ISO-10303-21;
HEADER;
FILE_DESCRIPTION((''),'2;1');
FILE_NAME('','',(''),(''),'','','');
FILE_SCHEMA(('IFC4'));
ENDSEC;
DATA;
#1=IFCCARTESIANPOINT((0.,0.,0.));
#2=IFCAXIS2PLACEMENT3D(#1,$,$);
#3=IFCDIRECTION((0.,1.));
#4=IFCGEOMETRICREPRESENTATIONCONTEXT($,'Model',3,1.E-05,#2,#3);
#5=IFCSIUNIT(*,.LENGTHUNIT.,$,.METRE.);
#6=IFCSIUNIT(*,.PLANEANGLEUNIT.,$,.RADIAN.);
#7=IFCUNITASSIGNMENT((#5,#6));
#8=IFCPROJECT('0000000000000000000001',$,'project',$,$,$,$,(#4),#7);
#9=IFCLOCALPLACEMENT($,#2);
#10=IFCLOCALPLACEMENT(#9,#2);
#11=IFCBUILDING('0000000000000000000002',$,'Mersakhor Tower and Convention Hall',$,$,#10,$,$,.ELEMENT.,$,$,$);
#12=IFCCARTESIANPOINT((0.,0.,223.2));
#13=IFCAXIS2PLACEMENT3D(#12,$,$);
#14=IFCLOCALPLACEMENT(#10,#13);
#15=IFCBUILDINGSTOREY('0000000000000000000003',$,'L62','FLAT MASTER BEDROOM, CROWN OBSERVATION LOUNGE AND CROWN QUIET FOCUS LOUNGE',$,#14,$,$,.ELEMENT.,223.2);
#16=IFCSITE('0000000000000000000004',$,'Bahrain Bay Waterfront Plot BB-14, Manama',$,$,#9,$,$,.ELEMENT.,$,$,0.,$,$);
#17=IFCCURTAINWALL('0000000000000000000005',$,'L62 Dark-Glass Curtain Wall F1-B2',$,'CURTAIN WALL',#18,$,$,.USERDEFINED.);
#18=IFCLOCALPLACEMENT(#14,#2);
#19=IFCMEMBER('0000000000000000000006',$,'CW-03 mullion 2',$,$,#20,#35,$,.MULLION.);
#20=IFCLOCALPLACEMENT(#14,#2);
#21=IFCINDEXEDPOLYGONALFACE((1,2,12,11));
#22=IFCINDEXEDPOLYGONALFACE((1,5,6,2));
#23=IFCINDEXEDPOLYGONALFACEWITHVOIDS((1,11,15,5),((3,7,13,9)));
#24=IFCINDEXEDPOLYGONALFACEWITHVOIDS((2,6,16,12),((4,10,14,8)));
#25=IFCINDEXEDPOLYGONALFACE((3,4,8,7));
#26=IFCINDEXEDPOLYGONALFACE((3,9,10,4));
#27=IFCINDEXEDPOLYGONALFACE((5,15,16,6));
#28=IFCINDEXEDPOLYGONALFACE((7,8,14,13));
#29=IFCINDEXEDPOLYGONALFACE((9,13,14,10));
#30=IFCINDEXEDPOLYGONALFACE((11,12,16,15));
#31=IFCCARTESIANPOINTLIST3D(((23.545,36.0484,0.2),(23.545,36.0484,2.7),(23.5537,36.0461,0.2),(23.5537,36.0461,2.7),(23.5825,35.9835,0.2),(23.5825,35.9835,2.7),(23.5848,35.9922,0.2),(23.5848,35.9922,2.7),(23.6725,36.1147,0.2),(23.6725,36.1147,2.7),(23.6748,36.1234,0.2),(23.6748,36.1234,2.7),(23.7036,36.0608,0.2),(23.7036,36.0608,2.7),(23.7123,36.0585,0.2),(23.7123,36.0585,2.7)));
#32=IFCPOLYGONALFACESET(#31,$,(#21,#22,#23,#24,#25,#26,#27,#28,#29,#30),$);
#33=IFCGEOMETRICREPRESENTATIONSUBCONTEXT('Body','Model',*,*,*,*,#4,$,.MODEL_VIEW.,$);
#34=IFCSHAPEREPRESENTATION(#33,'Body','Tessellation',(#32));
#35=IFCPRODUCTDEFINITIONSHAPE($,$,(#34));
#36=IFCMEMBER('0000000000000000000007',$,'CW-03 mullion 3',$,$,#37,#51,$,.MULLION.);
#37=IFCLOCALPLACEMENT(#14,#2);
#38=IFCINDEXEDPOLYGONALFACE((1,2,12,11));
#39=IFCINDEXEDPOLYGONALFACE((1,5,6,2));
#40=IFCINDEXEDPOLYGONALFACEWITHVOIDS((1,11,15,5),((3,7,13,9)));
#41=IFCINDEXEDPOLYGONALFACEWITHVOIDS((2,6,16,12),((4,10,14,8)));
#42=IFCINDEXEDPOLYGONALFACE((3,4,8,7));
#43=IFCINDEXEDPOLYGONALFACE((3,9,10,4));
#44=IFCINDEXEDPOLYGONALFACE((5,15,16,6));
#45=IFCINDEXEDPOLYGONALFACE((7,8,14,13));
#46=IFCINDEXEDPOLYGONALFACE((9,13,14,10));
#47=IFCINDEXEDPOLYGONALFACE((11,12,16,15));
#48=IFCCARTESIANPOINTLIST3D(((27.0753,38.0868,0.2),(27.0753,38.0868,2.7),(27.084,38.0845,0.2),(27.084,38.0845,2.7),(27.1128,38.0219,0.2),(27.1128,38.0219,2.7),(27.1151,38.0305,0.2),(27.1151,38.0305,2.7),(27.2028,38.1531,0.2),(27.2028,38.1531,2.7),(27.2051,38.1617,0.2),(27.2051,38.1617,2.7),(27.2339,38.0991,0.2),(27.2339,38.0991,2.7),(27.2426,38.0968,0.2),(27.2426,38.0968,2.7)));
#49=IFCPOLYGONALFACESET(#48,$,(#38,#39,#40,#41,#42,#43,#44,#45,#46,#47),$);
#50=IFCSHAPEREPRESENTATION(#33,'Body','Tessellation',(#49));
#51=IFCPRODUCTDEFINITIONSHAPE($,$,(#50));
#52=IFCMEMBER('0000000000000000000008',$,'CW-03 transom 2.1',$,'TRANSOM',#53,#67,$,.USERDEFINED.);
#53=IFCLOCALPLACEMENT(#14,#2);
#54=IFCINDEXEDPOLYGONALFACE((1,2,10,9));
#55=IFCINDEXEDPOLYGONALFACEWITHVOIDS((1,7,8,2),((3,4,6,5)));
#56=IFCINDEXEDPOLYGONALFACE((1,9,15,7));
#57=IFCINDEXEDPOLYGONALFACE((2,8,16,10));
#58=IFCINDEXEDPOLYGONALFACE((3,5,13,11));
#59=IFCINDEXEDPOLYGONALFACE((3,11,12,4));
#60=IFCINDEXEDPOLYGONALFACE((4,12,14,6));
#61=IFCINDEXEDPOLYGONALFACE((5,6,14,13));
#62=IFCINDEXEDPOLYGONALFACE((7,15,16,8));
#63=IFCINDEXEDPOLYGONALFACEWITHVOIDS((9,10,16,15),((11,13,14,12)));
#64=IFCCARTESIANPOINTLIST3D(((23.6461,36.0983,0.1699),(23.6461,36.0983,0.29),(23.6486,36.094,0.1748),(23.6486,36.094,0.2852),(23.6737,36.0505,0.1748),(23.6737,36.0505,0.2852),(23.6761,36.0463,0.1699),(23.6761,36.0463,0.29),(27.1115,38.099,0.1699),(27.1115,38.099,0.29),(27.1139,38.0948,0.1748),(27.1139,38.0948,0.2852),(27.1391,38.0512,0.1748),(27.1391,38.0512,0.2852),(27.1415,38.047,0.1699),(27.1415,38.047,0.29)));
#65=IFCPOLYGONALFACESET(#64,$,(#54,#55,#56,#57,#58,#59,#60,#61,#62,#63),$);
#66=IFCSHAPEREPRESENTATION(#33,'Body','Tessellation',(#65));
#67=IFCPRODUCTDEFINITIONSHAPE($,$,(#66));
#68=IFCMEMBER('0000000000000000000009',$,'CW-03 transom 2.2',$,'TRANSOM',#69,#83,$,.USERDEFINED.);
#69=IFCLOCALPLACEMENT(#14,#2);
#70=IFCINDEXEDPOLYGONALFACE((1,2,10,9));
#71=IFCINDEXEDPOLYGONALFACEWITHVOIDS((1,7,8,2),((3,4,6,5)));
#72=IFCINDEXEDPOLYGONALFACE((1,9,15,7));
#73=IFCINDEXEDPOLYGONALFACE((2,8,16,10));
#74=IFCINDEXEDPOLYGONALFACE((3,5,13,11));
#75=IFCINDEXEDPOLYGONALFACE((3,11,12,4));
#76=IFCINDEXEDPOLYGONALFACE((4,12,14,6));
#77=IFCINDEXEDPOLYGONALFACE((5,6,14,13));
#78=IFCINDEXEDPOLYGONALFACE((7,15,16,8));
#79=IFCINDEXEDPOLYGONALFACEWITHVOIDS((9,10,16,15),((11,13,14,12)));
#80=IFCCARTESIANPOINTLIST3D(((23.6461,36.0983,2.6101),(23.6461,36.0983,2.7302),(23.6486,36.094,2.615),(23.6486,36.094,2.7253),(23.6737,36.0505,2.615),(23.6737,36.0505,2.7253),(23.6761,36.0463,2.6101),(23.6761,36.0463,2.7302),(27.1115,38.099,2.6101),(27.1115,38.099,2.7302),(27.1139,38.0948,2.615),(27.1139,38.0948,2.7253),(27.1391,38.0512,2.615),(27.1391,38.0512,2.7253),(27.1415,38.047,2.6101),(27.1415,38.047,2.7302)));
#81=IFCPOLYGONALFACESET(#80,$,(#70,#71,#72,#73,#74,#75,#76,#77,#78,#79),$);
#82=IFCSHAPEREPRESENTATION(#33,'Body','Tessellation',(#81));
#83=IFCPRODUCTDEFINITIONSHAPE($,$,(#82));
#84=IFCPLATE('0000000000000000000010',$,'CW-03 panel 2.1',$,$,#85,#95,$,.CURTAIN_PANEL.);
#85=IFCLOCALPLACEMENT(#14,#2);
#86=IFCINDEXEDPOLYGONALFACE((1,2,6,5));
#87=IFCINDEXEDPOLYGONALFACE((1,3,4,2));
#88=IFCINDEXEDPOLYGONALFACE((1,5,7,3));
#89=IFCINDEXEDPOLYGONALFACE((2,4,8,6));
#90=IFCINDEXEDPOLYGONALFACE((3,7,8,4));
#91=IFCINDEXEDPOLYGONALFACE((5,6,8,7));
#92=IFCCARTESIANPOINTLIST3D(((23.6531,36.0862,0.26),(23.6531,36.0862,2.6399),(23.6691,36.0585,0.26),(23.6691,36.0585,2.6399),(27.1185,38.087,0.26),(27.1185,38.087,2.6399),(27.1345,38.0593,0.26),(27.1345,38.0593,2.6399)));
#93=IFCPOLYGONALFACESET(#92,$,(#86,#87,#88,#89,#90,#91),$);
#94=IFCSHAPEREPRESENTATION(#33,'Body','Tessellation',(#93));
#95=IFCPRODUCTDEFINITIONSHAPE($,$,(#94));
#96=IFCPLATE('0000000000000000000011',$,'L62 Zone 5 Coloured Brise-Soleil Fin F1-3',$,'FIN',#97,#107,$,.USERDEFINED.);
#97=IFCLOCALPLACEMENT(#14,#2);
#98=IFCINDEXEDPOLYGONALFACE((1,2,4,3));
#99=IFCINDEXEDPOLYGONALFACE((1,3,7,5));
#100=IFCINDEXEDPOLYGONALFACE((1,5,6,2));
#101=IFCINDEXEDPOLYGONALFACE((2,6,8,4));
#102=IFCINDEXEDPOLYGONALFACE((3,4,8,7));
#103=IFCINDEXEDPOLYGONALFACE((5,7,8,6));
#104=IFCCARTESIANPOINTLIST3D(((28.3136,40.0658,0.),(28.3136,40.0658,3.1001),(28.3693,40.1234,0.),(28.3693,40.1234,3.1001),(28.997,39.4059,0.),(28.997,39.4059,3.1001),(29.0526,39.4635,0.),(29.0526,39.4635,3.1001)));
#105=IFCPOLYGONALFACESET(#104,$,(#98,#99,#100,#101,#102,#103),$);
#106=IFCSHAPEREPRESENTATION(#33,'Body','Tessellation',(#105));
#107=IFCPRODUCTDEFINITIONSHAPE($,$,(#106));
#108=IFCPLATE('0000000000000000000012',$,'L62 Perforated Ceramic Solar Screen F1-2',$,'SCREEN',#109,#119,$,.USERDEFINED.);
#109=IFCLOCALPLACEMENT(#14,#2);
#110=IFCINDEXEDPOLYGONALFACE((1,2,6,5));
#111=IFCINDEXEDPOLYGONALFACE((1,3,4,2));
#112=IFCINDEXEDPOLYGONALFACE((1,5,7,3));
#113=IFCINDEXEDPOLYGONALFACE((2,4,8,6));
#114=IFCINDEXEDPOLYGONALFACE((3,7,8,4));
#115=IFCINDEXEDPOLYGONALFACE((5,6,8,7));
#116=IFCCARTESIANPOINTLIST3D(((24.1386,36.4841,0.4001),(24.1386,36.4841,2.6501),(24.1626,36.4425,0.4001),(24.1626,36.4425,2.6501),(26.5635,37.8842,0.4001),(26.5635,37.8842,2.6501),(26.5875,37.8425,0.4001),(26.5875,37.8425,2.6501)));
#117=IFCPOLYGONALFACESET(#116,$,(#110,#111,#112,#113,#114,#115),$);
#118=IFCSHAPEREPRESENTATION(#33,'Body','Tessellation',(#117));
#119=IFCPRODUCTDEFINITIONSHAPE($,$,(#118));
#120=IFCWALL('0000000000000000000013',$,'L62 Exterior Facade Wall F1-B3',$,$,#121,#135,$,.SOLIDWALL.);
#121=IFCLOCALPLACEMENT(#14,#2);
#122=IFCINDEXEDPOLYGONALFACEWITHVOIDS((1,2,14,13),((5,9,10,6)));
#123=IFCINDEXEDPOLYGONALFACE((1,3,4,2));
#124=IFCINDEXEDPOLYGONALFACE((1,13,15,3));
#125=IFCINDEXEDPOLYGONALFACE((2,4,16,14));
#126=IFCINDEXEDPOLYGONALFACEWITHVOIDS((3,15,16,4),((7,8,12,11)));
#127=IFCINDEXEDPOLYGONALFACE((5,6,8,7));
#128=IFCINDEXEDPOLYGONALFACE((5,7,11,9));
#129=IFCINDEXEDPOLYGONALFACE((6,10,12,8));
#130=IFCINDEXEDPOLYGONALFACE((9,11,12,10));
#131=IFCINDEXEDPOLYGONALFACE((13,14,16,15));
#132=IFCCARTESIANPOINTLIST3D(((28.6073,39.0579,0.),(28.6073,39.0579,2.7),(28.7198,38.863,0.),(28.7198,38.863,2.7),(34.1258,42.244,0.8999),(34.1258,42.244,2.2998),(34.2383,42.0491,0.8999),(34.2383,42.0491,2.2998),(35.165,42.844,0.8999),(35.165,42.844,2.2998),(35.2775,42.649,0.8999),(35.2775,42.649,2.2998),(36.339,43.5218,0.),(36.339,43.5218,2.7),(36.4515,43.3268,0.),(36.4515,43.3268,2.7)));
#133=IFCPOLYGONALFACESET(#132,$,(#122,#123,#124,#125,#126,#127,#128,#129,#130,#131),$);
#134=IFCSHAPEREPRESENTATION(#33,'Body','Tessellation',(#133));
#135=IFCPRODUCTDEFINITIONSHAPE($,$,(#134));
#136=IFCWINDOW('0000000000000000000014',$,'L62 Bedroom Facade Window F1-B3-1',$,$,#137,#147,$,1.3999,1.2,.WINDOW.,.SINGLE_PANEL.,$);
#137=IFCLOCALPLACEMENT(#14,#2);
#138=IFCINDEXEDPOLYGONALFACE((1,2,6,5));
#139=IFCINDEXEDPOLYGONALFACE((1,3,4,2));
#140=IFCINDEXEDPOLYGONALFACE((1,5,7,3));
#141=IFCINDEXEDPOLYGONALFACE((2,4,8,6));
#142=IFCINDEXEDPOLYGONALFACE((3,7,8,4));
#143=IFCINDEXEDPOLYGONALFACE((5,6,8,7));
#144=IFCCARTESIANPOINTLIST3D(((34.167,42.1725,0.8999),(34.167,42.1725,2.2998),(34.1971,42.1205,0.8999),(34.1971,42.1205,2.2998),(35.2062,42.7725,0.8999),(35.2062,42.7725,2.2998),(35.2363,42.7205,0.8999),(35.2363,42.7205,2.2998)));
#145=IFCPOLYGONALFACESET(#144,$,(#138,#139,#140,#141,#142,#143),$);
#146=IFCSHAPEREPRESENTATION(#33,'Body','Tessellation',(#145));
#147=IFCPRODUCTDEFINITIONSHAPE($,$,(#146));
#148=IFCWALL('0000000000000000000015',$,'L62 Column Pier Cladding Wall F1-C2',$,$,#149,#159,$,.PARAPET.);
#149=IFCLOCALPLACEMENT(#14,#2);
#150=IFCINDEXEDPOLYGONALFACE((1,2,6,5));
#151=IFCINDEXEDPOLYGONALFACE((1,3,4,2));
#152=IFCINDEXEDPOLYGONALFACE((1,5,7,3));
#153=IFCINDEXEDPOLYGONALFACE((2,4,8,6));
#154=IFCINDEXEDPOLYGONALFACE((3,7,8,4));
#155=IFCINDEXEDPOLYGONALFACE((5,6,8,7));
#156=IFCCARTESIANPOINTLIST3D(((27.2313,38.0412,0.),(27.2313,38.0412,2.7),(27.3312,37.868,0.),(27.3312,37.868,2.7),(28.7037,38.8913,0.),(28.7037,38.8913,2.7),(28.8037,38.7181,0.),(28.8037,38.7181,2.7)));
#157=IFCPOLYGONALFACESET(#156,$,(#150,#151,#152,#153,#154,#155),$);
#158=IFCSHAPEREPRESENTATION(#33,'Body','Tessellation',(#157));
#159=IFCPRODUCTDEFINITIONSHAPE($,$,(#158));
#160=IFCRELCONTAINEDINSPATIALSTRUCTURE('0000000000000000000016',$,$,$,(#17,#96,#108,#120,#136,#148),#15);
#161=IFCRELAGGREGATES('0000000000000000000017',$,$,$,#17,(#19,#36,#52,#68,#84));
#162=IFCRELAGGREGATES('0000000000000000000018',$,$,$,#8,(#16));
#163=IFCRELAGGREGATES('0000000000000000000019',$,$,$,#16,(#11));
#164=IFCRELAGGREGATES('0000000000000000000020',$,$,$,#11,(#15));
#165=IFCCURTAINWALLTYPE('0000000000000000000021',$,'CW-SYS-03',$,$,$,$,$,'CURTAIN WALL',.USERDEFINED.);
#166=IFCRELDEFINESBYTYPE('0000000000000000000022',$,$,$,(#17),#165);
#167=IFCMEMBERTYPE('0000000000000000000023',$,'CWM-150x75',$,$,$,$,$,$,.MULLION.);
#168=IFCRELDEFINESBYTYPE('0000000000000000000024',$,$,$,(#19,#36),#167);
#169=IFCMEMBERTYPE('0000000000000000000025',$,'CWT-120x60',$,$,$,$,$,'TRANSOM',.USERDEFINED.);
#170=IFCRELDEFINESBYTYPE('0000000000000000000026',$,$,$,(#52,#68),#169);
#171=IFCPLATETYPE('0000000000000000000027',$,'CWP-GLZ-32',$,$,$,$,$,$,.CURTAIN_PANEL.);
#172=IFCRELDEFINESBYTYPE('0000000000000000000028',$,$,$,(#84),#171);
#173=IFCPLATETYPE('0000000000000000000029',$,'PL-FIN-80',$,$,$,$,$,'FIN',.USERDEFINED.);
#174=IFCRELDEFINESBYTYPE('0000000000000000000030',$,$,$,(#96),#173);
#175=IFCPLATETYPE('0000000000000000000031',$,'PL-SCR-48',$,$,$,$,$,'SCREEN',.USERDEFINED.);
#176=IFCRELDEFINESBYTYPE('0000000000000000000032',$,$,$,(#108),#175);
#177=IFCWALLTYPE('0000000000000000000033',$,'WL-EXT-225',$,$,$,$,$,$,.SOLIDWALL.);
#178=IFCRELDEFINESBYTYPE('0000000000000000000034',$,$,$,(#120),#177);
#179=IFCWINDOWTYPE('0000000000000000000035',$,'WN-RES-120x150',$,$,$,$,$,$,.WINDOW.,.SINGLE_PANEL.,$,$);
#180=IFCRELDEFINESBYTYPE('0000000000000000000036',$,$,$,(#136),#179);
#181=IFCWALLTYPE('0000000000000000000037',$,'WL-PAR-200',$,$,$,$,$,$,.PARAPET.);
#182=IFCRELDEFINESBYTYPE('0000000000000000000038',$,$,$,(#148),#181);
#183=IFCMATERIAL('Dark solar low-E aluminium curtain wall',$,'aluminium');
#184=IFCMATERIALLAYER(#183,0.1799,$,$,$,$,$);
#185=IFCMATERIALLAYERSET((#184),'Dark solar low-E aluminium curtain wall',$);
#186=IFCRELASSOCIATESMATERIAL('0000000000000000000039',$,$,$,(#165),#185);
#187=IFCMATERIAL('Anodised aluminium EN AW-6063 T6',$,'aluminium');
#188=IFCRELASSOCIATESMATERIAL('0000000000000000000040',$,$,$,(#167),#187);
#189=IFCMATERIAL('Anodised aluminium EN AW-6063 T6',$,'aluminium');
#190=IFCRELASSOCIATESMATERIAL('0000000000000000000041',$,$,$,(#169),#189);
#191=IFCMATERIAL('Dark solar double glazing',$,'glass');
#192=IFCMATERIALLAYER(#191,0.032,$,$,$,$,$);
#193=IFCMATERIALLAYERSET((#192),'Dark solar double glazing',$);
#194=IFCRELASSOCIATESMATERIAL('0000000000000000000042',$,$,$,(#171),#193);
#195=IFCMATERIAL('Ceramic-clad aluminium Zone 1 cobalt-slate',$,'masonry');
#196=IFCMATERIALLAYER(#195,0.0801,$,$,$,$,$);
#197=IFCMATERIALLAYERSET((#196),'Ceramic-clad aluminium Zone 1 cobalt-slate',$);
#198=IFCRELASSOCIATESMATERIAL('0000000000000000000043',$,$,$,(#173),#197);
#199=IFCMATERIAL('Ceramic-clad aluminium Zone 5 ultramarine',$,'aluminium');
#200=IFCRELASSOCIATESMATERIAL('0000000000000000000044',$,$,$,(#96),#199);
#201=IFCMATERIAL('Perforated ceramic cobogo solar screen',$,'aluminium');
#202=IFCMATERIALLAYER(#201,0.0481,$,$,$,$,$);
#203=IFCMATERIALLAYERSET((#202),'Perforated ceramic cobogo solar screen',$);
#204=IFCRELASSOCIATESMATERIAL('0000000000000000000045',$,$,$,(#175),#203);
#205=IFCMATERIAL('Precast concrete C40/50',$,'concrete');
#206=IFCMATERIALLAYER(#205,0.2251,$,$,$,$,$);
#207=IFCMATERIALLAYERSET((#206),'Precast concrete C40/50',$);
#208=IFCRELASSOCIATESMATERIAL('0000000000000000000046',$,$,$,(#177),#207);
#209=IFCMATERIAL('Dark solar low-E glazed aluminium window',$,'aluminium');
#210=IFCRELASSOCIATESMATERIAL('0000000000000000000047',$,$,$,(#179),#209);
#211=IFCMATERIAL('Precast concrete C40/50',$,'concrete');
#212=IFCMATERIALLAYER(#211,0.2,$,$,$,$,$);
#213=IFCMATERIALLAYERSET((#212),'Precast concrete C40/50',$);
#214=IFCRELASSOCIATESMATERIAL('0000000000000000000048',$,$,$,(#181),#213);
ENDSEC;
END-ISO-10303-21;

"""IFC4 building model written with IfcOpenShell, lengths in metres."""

from ifc_helpers import new_model, si_unit, direction, frame, frame_2d, origin, origin_2d, place, context, subcontext, project, spatial, rectangle, hollow_rectangle, extrude, material, layer, layer_set, material_profile, profile_set, type_object, element, fill, aggregate, save


model = new_model("IFC4")

# Units and contexts
model_context = context("Model", 3, precision=1e-05, world=origin(), true_north=direction((0.0, 1.0)))
body_context = subcontext(model_context, "Body", "Model", "MODEL_VIEW")
ifc_project = project(units=[si_unit("LENGTHUNIT", "METRE"), si_unit("PLANEANGLEUNIT", "RADIAN")], contexts=[model_context])

# Site, building, storey
site_placement = place(None, origin())
site = spatial("IfcSite", under=ifc_project, at=site_placement, Name="Bahrain Bay Waterfront Plot BB-14, Manama", CompositionType="ELEMENT", RefElevation=0.0)
building_placement = place(site_placement, origin())
building = spatial("IfcBuilding", under=site, at=building_placement, Name="Mersakhor Tower and Convention Hall", CompositionType="ELEMENT")
storey_placement = place(building_placement, frame((0.0, 0.0, 223.2)))
storey = spatial("IfcBuildingStorey", under=building, at=storey_placement, Name="L62", Description="FLAT MASTER BEDROOM, CROWN OBSERVATION LOUNGE AND CROWN QUIET FOCUS LOUNGE", CompositionType="ELEMENT", Elevation=223.2)

# Curtain wall, members, plate
ifc_material_1 = material(Name="Dark solar low-E aluminium curtain wall", Category="aluminium")
ifc_layer_1 = layer(ifc_material_1, 0.1799)
ifc_layer_set_1 = layer_set([ifc_layer_1], Name="Dark solar low-E aluminium curtain wall")
curtain_wall_type = type_object("IfcCurtainWallType", Name="CW-SYS-03", ElementType="CURTAIN WALL", PredefinedType="USERDEFINED", material=ifc_layer_set_1)
curtain_wall_placement = place(storey_placement, origin())
curtain_wall = element("IfcCurtainWall", 1, at=curtain_wall_placement, inside=storey, type_object=curtain_wall_type, Name="L62 Dark-Glass Curtain Wall F1-B2", ObjectType="CURTAIN WALL", PredefinedType="USERDEFINED")
ifc_material_2 = material(Name="Anodised aluminium EN AW-6063 T6", Category="aluminium")
ifc_material_profile_1 = material_profile(ifc_material_2, hollow_rectangle(XDim=0.075, YDim=0.1499, WallThickness=0.0063, at=origin_2d()), Name="RHS 150x75x6.3")
ifc_profile_set_1 = profile_set([ifc_material_profile_1], Name="Anodised aluminium EN AW-6063 T6")
member_type_1 = type_object("IfcMemberType", Name="CWM-150x75", PredefinedType="MULLION", material=ifc_profile_set_1)
member_1_placement = place(storey_placement, frame((23.6287, 36.0535, 0.2), z_axis=(0.0, 0.0, 1.0), x_axis=(-0.500004, 0.866023, 0.0)))
member_1 = element("IfcMember", 2, at=member_1_placement, type_object=member_type_1, Name="CW-03 mullion 2", PredefinedType="MULLION", context=body_context, shape_type="SweptSolid", body=[
    extrude(hollow_rectangle(XDim=0.075, YDim=0.1499, WallThickness=0.0063, at=origin_2d()), origin(), (0.0, 0.0, 1.0), 2.5),
])
member_2_placement = place(storey_placement, frame((27.1589, 38.0918, 0.2), z_axis=(0.0, 0.0, 1.0), x_axis=(-0.500004, 0.866023, 0.0)))
member_2 = element("IfcMember", 3, at=member_2_placement, type_object=member_type_1, Name="CW-03 mullion 3", PredefinedType="MULLION", context=body_context, shape_type="SweptSolid", body=[
    extrude(hollow_rectangle(XDim=0.075, YDim=0.1499, WallThickness=0.0063, at=origin_2d()), origin(), (0.0, 0.0, 1.0), 2.5),
])
ifc_material_3 = material(Name="Anodised aluminium EN AW-6063 T6", Category="aluminium")
ifc_material_profile_2 = material_profile(ifc_material_3, hollow_rectangle(XDim=0.0601, YDim=0.1201, WallThickness=0.0049, at=origin_2d()), Name="RHS 120x60x5")
ifc_profile_set_2 = profile_set([ifc_material_profile_2], Name="Anodised aluminium EN AW-6063 T6")
member_type_2 = type_object("IfcMemberType", Name="CWT-120x60", ElementType="TRANSOM", PredefinedType="USERDEFINED", material=ifc_profile_set_2)
member_3_placement = place(storey_placement, frame((23.6611, 36.0723, 0.23), z_axis=(0.866023, 0.500004, 0.0), x_axis=(-0.500004, 0.866023, 0.0)))
member_3 = element("IfcMember", 4, at=member_3_placement, type_object=member_type_2, Name="CW-03 transom 2.1", ObjectType="TRANSOM", PredefinedType="USERDEFINED", context=body_context, shape_type="SweptSolid", body=[
    extrude(hollow_rectangle(XDim=0.0601, YDim=0.1201, WallThickness=0.0049, at=origin_2d()), origin(), (0.0, 0.0, 1.0), 4.0015),
])
member_4_placement = place(storey_placement, frame((23.6611, 36.0723, 2.6702), z_axis=(0.866023, 0.500004, 0.0), x_axis=(-0.500004, 0.866023, 0.0)))
member_4 = element("IfcMember", 5, at=member_4_placement, type_object=member_type_2, Name="CW-03 transom 2.2", ObjectType="TRANSOM", PredefinedType="USERDEFINED", context=body_context, shape_type="SweptSolid", body=[
    extrude(hollow_rectangle(XDim=0.0601, YDim=0.1201, WallThickness=0.0049, at=origin_2d()), origin(), (0.0, 0.0, 1.0), 4.0015),
])
ifc_material_4 = material(Name="Dark solar double glazing", Category="glass")
ifc_layer_2 = layer(ifc_material_4, 0.032)
ifc_layer_set_2 = layer_set([ifc_layer_2], Name="Dark solar double glazing")
plate_type_1 = type_object("IfcPlateType", Name="CWP-GLZ-32", PredefinedType="CURTAIN_PANEL", material=ifc_layer_set_2)
plate_1_placement = place(storey_placement, frame((25.3938, 37.0728, 0.26), z_axis=(0.0, 0.0, 1.0), x_axis=(0.866023, 0.500004, 0.0)))
plate_1 = element("IfcPlate", 6, at=plate_1_placement, type_object=plate_type_1, Name="CW-03 panel 2.1", PredefinedType="CURTAIN_PANEL", context=body_context, shape_type="SweptSolid", body=[
    extrude(rectangle(XDim=4.0015, YDim=0.032, at=origin_2d()), origin(), (0.0, 0.0, 1.0), 2.3799),
])
aggregate(curtain_wall, [member_1, member_2, member_3, member_4, plate_1])

# Plates
ifc_material_5 = material(Name="Ceramic-clad aluminium Zone 5 ultramarine", Category="aluminium")
ifc_material_6 = material(Name="Ceramic-clad aluminium Zone 1 cobalt-slate", Category="masonry")
ifc_layer_3 = layer(ifc_material_6, 0.0801)
ifc_layer_set_3 = layer_set([ifc_layer_3], Name="Ceramic-clad aluminium Zone 1 cobalt-slate")
plate_type_2 = type_object("IfcPlateType", Name="PL-FIN-80", ElementType="FIN", PredefinedType="USERDEFINED", material=ifc_layer_set_3)
plate_2_placement = place(storey_placement, frame((28.6831, 39.7646, 0.0), z_axis=(0.0, 0.0, 1.0), x_axis=(-0.71934, 0.694658, 0.0)))
element("IfcPlate", 7, at=plate_2_placement, inside=storey, type_object=plate_type_2, material=ifc_material_5, Name="L62 Zone 5 Coloured Brise-Soleil Fin F1-3", ObjectType="FIN", PredefinedType="USERDEFINED", context=body_context, shape_type="SweptSolid", body=[
    extrude(rectangle(XDim=0.95, YDim=0.0801, at=origin_2d()), origin(), (0.0, 0.0, 1.0), 3.1001),
])
ifc_material_7 = material(Name="Perforated ceramic cobogo solar screen", Category="aluminium")
ifc_layer_4 = layer(ifc_material_7, 0.0481)
ifc_layer_set_4 = layer_set([ifc_layer_4], Name="Perforated ceramic cobogo solar screen")
plate_type_3 = type_object("IfcPlateType", Name="PL-SCR-48", ElementType="SCREEN", PredefinedType="USERDEFINED", material=ifc_layer_set_4)
plate_3_placement = place(storey_placement, frame((25.363, 37.1633, 0.4001), z_axis=(0.0, 0.0, 1.0), x_axis=(0.866025, 0.5, 0.0)))
element("IfcPlate", 8, at=plate_3_placement, inside=storey, type_object=plate_type_3, Name="L62 Perforated Ceramic Solar Screen F1-2", ObjectType="SCREEN", PredefinedType="USERDEFINED", context=body_context, shape_type="SweptSolid", body=[
    extrude(rectangle(XDim=2.8, YDim=0.0481, at=origin_2d()), origin(), (0.0, 0.0, 1.0), 2.25),
])

# Wall, opening, window
ifc_material_8 = material(Name="Precast concrete C40/50", Category="concrete")
ifc_layer_5 = layer(ifc_material_8, 0.2251)
ifc_layer_set_5 = layer_set([ifc_layer_5], Name="Precast concrete C40/50")
wall_type_1 = type_object("IfcWallType", Name="WL-EXT-225", PredefinedType="SOLIDWALL", material=ifc_layer_set_5)
wall_1_placement = place(storey_placement, frame((28.6636, 38.9604, 0.0), z_axis=(0.0, 0.0, 1.0), x_axis=(0.866027, 0.499998, 0.0)))
wall_1 = element("IfcWall", 9, at=wall_1_placement, inside=storey, type_object=wall_type_1, Name="L62 Exterior Facade Wall F1-B3", PredefinedType="SOLIDWALL", context=body_context, shape_type="SweptSolid", body=[
    extrude(rectangle(XDim=8.9277, YDim=0.2251, at=frame_2d((4.4639, 0.0))), origin(), (0.0, 0.0, 1.0), 2.7),
])
opening_1_placement = place(wall_1_placement, frame((6.3721, 0.0, 0.8999)))
opening_1 = element("IfcOpeningElement", 10, at=opening_1_placement, cuts=wall_1, PredefinedType="OPENING", context=body_context, shape_type="SweptSolid", body=[
    extrude(rectangle(XDim=1.2, YDim=1.3999, at=frame_2d((0.6001, 0.7))), frame((0.0, 0.1226, 0.0), z_axis=(0.0, -1.0, 0.0), x_axis=(1.0, 0.0, 0.0)), (0.0, 0.0, 1.0), 0.2451),
])
ifc_material_9 = material(Name="Dark solar low-E glazed aluminium window", Category="aluminium")
window_type = type_object("IfcWindowType", Name="WN-RES-120x150", PartitioningType="SINGLE_PANEL", PredefinedType="WINDOW", material=ifc_material_9)
window_placement = place(opening_1_placement, origin())
window = element("IfcWindow", 11, at=window_placement, inside=storey, type_object=window_type, Name="L62 Bedroom Facade Window F1-B3-1", OverallHeight=1.3999, OverallWidth=1.2, PartitioningType="SINGLE_PANEL", PredefinedType="WINDOW", context=body_context, shape_type="SweptSolid", body=[
    extrude(rectangle(XDim=1.2, YDim=1.3999, at=frame_2d((0.6001, 0.7))), frame((0.0, 0.03, 0.0), z_axis=(0.0, -1.0, 0.0), x_axis=(1.0, 0.0, 0.0)), (0.0, 0.0, 1.0), 0.0601),
])
fill(opening_1, window)

# Wall
ifc_material_10 = material(Name="Precast concrete C40/50", Category="concrete")
ifc_layer_6 = layer(ifc_material_10, 0.2)
ifc_layer_set_6 = layer_set([ifc_layer_6], Name="Precast concrete C40/50")
wall_type_2 = type_object("IfcWallType", Name="WL-PAR-200", PredefinedType="PARAPET", material=ifc_layer_set_6)
wall_2_placement = place(storey_placement, frame((27.2812, 37.9546, 0.0), z_axis=(0.0, 0.0, 1.0), x_axis=(0.866025, 0.5, 0.0)))
element("IfcWall", 12, at=wall_2_placement, inside=storey, type_object=wall_type_2, Name="L62 Column Pier Cladding Wall F1-C2", PredefinedType="PARAPET", context=body_context, shape_type="SweptSolid", body=[
    extrude(rectangle(XDim=1.7002, YDim=0.2, at=frame_2d((0.8501, 0.0))), origin(), (0.0, 0.0, 1.0), 2.7),
])

save(model, "model.ifc")
